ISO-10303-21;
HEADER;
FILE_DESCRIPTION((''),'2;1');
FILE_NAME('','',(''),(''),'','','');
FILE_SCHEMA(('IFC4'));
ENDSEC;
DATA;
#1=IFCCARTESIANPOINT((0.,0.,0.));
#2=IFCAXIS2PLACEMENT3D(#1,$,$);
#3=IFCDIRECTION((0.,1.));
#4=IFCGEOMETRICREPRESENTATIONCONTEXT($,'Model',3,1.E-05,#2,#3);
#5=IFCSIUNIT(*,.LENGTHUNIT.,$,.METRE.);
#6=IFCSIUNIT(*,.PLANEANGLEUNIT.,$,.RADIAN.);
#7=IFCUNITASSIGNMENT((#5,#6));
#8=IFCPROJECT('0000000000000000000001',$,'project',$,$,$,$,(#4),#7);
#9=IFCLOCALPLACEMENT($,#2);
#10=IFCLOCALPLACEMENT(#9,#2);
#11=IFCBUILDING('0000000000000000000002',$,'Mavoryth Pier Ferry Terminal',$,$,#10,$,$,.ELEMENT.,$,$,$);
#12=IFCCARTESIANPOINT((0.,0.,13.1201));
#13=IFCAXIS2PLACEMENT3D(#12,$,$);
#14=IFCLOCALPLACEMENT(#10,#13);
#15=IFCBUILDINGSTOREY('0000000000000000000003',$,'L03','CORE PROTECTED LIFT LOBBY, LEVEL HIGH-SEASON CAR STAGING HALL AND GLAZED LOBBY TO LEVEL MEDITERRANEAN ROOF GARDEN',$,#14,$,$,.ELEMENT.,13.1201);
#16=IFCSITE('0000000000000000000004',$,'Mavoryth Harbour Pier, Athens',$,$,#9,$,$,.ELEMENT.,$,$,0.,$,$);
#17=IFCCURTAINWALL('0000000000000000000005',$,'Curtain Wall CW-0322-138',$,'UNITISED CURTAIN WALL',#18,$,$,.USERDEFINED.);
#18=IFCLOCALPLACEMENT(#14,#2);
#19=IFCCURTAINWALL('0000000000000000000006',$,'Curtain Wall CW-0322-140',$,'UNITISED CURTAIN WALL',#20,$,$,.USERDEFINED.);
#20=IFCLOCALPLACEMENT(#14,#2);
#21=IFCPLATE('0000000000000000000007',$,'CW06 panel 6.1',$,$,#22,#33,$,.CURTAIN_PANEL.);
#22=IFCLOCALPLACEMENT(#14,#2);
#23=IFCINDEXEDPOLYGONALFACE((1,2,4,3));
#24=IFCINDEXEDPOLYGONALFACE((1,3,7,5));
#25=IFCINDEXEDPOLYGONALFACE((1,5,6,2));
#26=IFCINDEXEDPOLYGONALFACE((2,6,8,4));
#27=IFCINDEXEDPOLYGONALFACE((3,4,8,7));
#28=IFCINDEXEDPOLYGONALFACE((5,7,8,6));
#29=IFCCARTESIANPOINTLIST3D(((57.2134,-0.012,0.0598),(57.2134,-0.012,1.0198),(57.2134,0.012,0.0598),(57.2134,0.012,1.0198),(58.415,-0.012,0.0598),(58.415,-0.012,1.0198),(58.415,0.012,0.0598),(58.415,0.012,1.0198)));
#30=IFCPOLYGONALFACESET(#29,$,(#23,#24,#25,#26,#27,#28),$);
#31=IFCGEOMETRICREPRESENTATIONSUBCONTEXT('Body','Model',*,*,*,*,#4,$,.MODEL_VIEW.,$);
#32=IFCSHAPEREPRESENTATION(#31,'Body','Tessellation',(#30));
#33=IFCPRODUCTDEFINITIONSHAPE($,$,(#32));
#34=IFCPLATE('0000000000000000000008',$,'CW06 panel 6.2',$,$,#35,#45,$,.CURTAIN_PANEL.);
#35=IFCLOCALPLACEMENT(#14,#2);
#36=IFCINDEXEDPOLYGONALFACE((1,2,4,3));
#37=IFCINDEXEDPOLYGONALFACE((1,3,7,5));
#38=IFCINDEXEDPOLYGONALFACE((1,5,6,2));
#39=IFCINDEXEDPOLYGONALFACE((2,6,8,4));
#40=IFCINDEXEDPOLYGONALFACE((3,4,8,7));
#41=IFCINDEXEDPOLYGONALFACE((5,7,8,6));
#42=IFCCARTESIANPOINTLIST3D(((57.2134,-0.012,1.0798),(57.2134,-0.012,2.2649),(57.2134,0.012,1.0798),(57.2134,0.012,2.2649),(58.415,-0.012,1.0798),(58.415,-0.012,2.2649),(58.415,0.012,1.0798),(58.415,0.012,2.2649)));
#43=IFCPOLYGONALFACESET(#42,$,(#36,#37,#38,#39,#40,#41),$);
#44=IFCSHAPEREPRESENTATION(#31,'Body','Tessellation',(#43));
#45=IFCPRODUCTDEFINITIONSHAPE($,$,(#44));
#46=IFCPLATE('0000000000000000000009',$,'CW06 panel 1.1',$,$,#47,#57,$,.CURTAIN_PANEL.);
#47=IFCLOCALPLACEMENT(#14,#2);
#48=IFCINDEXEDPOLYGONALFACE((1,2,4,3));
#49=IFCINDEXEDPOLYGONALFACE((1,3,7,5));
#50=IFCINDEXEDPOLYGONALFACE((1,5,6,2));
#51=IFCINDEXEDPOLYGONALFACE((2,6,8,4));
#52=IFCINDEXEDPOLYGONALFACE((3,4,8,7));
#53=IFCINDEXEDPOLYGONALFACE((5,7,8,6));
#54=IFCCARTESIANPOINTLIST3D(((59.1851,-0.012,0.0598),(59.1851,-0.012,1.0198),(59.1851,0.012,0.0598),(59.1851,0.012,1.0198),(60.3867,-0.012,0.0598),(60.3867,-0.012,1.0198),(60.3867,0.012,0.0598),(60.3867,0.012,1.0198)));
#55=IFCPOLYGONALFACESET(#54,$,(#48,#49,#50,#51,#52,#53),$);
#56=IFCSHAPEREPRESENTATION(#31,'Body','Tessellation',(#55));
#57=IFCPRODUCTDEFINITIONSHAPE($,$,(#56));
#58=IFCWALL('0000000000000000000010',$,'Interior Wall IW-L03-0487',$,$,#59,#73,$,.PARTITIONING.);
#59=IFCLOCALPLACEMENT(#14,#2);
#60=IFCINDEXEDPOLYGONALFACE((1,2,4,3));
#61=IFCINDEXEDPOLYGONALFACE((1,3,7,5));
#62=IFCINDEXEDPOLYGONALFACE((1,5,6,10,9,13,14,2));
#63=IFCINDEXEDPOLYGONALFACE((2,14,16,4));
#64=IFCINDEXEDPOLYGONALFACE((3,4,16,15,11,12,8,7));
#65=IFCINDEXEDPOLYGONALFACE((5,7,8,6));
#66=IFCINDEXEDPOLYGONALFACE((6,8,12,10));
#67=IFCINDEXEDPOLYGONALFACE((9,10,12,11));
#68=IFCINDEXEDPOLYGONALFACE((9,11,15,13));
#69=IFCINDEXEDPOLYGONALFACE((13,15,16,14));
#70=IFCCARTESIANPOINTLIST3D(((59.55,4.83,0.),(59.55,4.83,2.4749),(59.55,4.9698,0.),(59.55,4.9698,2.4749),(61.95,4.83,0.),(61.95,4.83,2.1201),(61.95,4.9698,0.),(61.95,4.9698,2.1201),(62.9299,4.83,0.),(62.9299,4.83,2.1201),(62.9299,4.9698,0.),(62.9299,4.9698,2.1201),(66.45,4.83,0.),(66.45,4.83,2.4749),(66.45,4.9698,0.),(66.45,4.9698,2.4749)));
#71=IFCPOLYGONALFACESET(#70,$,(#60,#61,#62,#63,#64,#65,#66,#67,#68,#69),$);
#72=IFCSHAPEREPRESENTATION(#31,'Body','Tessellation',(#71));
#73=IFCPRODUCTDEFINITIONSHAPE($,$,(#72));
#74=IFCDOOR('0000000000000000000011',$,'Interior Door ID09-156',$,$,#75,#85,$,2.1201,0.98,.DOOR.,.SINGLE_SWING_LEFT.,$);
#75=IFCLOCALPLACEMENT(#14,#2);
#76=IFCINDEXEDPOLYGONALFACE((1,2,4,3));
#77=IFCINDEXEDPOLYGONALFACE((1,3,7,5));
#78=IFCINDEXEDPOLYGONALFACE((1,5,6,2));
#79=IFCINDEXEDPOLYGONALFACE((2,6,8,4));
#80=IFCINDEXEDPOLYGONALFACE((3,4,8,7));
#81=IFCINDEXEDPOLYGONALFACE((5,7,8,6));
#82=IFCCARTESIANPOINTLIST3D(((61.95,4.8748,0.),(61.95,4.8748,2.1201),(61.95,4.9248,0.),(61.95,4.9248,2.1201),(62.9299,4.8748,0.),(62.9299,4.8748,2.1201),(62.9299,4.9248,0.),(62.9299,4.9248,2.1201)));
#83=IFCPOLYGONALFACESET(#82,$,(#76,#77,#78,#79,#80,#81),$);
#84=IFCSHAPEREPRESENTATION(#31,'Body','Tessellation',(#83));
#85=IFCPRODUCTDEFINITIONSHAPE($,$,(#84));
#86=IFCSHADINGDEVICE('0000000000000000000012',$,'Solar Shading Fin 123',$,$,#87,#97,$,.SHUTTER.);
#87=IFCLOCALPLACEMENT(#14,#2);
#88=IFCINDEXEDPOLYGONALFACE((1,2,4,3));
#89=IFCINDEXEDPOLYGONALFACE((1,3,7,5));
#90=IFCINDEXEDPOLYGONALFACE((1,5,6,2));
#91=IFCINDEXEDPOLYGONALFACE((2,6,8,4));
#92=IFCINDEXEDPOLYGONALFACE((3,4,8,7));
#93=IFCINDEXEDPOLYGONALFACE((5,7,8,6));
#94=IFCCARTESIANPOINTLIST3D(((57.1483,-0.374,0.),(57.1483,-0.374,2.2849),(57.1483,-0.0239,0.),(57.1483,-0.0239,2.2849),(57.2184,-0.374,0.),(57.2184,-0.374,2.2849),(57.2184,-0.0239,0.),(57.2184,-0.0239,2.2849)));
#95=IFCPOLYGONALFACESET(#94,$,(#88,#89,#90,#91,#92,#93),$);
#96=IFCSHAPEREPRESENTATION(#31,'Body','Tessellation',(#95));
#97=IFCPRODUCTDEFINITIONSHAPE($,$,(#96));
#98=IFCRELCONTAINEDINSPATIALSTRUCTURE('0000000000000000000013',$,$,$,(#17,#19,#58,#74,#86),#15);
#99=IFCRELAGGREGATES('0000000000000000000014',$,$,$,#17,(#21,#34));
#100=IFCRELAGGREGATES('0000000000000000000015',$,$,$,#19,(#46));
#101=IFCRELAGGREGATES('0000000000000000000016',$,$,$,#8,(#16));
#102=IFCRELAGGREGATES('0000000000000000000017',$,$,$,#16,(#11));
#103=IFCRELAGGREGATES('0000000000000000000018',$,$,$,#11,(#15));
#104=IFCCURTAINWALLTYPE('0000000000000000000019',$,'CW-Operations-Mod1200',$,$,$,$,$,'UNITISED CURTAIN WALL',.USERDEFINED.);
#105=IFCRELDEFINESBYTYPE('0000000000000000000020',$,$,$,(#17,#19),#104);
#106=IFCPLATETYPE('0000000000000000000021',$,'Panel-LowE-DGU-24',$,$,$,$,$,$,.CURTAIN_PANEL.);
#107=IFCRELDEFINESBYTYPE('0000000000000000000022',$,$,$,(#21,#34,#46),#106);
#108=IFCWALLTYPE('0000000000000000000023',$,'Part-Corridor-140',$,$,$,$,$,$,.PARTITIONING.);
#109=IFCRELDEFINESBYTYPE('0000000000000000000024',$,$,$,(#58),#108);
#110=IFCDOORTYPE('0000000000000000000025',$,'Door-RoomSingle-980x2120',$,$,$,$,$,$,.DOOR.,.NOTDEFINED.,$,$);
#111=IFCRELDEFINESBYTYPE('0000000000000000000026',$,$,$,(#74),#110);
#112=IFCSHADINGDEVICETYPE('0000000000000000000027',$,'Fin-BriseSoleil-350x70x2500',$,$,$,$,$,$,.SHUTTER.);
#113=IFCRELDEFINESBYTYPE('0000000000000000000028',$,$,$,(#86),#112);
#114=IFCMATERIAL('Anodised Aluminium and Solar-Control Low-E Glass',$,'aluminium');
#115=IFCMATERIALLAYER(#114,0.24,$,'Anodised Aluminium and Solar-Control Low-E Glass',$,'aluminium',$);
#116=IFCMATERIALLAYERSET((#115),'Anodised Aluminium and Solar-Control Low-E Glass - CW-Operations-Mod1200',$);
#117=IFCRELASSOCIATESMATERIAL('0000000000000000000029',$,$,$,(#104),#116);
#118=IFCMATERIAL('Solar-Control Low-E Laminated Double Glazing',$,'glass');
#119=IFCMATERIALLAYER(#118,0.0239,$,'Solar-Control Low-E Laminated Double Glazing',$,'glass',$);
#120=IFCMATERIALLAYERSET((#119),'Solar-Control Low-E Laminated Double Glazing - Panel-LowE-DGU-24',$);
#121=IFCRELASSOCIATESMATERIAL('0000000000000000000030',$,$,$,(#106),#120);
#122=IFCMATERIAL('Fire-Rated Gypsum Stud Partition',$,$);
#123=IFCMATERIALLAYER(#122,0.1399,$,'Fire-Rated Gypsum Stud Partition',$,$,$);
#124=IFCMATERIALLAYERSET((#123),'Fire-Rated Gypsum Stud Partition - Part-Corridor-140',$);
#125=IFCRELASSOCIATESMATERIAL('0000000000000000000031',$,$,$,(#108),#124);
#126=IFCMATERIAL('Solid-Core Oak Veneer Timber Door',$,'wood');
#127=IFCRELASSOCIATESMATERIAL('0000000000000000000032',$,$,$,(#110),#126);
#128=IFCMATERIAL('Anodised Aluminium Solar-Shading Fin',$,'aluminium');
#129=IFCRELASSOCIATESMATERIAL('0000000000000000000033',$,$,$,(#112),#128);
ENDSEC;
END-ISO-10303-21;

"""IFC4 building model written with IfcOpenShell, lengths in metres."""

from ifc_helpers import new_model, si_unit, direction, frame, frame_2d, origin, origin_2d, place, context, subcontext, project, spatial, rectangle, extrude, material, layer, layer_set, type_object, element, fill, aggregate, save


model = new_model("IFC4")

# Units and contexts
model_context = context("Model", 3, precision=1e-05, world=origin(), true_north=direction((0.0, 1.0)))
body_context = subcontext(model_context, "Body", "Model", "MODEL_VIEW")
ifc_project = project(units=[si_unit("LENGTHUNIT", "METRE"), si_unit("PLANEANGLEUNIT", "RADIAN")], contexts=[model_context])

# Site, building, storey
site_placement = place(None, origin())
site = spatial("IfcSite", under=ifc_project, at=site_placement, Name="Mavoryth Harbour Pier, Athens", CompositionType="ELEMENT", RefElevation=0.0)
building_placement = place(site_placement, origin())
building = spatial("IfcBuilding", under=site, at=building_placement, Name="Mavoryth Pier Ferry Terminal", CompositionType="ELEMENT")
storey_placement = place(building_placement, frame((0.0, 0.0, 13.1201)))
storey = spatial("IfcBuildingStorey", under=building, at=storey_placement, Name="L03", Description="CORE PROTECTED LIFT LOBBY, LEVEL HIGH-SEASON CAR STAGING HALL AND GLAZED LOBBY TO LEVEL MEDITERRANEAN ROOF GARDEN", CompositionType="ELEMENT", Elevation=13.1201)

# Curtain wall
ifc_material_1 = material(Name="Anodised Aluminium and Solar-Control Low-E Glass", Category="aluminium")
ifc_layer_1 = layer(ifc_material_1, 0.24, Name="Anodised Aluminium and Solar-Control Low-E Glass", Category="aluminium")
ifc_layer_set_1 = layer_set([ifc_layer_1], Name="Anodised Aluminium and Solar-Control Low-E Glass - CW-Operations-Mod1200")
curtain_wall_type = type_object("IfcCurtainWallType", Name="CW-Operations-Mod1200", ElementType="UNITISED CURTAIN WALL", PredefinedType="USERDEFINED", material=ifc_layer_set_1)
curtain_wall_1_placement = place(storey_placement, origin())
curtain_wall_1 = element("IfcCurtainWall", 1, at=curtain_wall_1_placement, inside=storey, type_object=curtain_wall_type, Name="Curtain Wall CW-0322-138", ObjectType="UNITISED CURTAIN WALL", PredefinedType="USERDEFINED")

# Curtain wall
curtain_wall_2_placement = place(storey_placement, origin())
curtain_wall_2 = element("IfcCurtainWall", 2, at=curtain_wall_2_placement, inside=storey, type_object=curtain_wall_type, Name="Curtain Wall CW-0322-140", ObjectType="UNITISED CURTAIN WALL", PredefinedType="USERDEFINED")

# Plates
ifc_material_2 = material(Name="Solar-Control Low-E Laminated Double Glazing", Category="glass")
ifc_layer_2 = layer(ifc_material_2, 0.0239, Name="Solar-Control Low-E Laminated Double Glazing", Category="glass")
ifc_layer_set_2 = layer_set([ifc_layer_2], Name="Solar-Control Low-E Laminated Double Glazing - Panel-LowE-DGU-24")
plate_type = type_object("IfcPlateType", Name="Panel-LowE-DGU-24", PredefinedType="CURTAIN_PANEL", material=ifc_layer_set_2)
plate_1_placement = place(storey_placement, frame((57.8142, 0.0, 0.0598), z_axis=(0.0, 0.0, 1.0), x_axis=(1.0, 0.0, 0.0)))
plate_1 = element("IfcPlate", 3, at=plate_1_placement, type_object=plate_type, Name="CW06 panel 6.1", PredefinedType="CURTAIN_PANEL", context=body_context, shape_type="SweptSolid", body=[
    extrude(rectangle(XDim=1.2017, YDim=0.0239, at=origin_2d()), origin(), (0.0, 0.0, 1.0), 0.96),
])
plate_2_placement = place(storey_placement, frame((57.8142, 0.0, 1.0798), z_axis=(0.0, 0.0, 1.0), x_axis=(1.0, 0.0, 0.0)))
plate_2 = element("IfcPlate", 4, at=plate_2_placement, type_object=plate_type, Name="CW06 panel 6.2", PredefinedType="CURTAIN_PANEL", context=body_context, shape_type="SweptSolid", body=[
    extrude(rectangle(XDim=1.2017, YDim=0.0239, at=origin_2d()), origin(), (0.0, 0.0, 1.0), 1.1851),
])
aggregate(curtain_wall_1, [plate_1, plate_2])
plate_3_placement = place(storey_placement, frame((59.7859, 0.0, 0.0598), z_axis=(0.0, 0.0, 1.0), x_axis=(1.0, 0.0, 0.0)))
plate_3 = element("IfcPlate", 5, at=plate_3_placement, type_object=plate_type, Name="CW06 panel 1.1", PredefinedType="CURTAIN_PANEL", context=body_context, shape_type="SweptSolid", body=[
    extrude(rectangle(XDim=1.2017, YDim=0.0239, at=origin_2d()), origin(), (0.0, 0.0, 1.0), 0.96),
])
aggregate(curtain_wall_2, [plate_3])

# Wall, opening, door
ifc_material_3 = material(Name="Fire-Rated Gypsum Stud Partition")
ifc_layer_3 = layer(ifc_material_3, 0.1399, Name="Fire-Rated Gypsum Stud Partition")
ifc_layer_set_3 = layer_set([ifc_layer_3], Name="Fire-Rated Gypsum Stud Partition - Part-Corridor-140")
wall_type = type_object("IfcWallType", Name="Part-Corridor-140", PredefinedType="PARTITIONING", material=ifc_layer_set_3)
wall_placement = place(storey_placement, frame((59.55, 4.8999, 0.0), z_axis=(0.0, 0.0, 1.0), x_axis=(1.0, 0.0, 0.0)))
wall = element("IfcWall", 6, at=wall_placement, inside=storey, type_object=wall_type, Name="Interior Wall IW-L03-0487", PredefinedType="PARTITIONING", context=body_context, shape_type="SweptSolid", body=[
    extrude(rectangle(XDim=6.8999, YDim=0.1399, at=frame_2d((3.45, 0.0))), origin(), (0.0, 0.0, 1.0), 2.4749),
])
opening_placement = place(wall_placement, frame((2.3999, 0.0, 0.0)))
opening = element("IfcOpeningElement", 7, at=opening_placement, cuts=wall, PredefinedType="OPENING", context=body_context, shape_type="SweptSolid", body=[
    extrude(rectangle(XDim=0.98, YDim=2.1201, at=frame_2d((0.49, 1.0601))), frame((0.0, 0.0798, 0.0), z_axis=(0.0, -1.0, 0.0), x_axis=(1.0, 0.0, 0.0)), (0.0, 0.0, 1.0), 0.1599),
])
ifc_material_4 = material(Name="Solid-Core Oak Veneer Timber Door", Category="wood")
door_type = type_object("IfcDoorType", Name="Door-RoomSingle-980x2120", OperationType="NOTDEFINED", PredefinedType="DOOR", material=ifc_material_4)
door_placement = place(opening_placement, origin())
door = element("IfcDoor", 8, at=door_placement, inside=storey, type_object=door_type, Name="Interior Door ID09-156", OperationType="SINGLE_SWING_LEFT", OverallHeight=2.1201, OverallWidth=0.98, PredefinedType="DOOR", context=body_context, shape_type="SweptSolid", body=[
    extrude(rectangle(XDim=0.98, YDim=2.1201, at=frame_2d((0.49, 1.0601))), frame((0.0, 0.0249, 0.0), z_axis=(0.0, -1.0, 0.0), x_axis=(1.0, 0.0, 0.0)), (0.0, 0.0, 1.0), 0.05),
])
fill(opening, door)

# Shading device
ifc_material_5 = material(Name="Anodised Aluminium Solar-Shading Fin", Category="aluminium")
shading_device_type = type_object("IfcShadingDeviceType", Name="Fin-BriseSoleil-350x70x2500", PredefinedType="SHUTTER", material=ifc_material_5)
shading_device_placement = place(storey_placement, frame((57.1833, -0.199, 0.0), z_axis=(0.0, 0.0, 1.0), x_axis=(1.0, 0.0, 0.0)))
element("IfcShadingDevice", 9, at=shading_device_placement, inside=storey, type_object=shading_device_type, Name="Solar Shading Fin 123", PredefinedType="SHUTTER", context=body_context, shape_type="SweptSolid", body=[
    extrude(rectangle(XDim=0.0701, YDim=0.3501, at=origin_2d()), origin(), (0.0, 0.0, 1.0), 2.2849),
])

save(model, "model.ifc")
